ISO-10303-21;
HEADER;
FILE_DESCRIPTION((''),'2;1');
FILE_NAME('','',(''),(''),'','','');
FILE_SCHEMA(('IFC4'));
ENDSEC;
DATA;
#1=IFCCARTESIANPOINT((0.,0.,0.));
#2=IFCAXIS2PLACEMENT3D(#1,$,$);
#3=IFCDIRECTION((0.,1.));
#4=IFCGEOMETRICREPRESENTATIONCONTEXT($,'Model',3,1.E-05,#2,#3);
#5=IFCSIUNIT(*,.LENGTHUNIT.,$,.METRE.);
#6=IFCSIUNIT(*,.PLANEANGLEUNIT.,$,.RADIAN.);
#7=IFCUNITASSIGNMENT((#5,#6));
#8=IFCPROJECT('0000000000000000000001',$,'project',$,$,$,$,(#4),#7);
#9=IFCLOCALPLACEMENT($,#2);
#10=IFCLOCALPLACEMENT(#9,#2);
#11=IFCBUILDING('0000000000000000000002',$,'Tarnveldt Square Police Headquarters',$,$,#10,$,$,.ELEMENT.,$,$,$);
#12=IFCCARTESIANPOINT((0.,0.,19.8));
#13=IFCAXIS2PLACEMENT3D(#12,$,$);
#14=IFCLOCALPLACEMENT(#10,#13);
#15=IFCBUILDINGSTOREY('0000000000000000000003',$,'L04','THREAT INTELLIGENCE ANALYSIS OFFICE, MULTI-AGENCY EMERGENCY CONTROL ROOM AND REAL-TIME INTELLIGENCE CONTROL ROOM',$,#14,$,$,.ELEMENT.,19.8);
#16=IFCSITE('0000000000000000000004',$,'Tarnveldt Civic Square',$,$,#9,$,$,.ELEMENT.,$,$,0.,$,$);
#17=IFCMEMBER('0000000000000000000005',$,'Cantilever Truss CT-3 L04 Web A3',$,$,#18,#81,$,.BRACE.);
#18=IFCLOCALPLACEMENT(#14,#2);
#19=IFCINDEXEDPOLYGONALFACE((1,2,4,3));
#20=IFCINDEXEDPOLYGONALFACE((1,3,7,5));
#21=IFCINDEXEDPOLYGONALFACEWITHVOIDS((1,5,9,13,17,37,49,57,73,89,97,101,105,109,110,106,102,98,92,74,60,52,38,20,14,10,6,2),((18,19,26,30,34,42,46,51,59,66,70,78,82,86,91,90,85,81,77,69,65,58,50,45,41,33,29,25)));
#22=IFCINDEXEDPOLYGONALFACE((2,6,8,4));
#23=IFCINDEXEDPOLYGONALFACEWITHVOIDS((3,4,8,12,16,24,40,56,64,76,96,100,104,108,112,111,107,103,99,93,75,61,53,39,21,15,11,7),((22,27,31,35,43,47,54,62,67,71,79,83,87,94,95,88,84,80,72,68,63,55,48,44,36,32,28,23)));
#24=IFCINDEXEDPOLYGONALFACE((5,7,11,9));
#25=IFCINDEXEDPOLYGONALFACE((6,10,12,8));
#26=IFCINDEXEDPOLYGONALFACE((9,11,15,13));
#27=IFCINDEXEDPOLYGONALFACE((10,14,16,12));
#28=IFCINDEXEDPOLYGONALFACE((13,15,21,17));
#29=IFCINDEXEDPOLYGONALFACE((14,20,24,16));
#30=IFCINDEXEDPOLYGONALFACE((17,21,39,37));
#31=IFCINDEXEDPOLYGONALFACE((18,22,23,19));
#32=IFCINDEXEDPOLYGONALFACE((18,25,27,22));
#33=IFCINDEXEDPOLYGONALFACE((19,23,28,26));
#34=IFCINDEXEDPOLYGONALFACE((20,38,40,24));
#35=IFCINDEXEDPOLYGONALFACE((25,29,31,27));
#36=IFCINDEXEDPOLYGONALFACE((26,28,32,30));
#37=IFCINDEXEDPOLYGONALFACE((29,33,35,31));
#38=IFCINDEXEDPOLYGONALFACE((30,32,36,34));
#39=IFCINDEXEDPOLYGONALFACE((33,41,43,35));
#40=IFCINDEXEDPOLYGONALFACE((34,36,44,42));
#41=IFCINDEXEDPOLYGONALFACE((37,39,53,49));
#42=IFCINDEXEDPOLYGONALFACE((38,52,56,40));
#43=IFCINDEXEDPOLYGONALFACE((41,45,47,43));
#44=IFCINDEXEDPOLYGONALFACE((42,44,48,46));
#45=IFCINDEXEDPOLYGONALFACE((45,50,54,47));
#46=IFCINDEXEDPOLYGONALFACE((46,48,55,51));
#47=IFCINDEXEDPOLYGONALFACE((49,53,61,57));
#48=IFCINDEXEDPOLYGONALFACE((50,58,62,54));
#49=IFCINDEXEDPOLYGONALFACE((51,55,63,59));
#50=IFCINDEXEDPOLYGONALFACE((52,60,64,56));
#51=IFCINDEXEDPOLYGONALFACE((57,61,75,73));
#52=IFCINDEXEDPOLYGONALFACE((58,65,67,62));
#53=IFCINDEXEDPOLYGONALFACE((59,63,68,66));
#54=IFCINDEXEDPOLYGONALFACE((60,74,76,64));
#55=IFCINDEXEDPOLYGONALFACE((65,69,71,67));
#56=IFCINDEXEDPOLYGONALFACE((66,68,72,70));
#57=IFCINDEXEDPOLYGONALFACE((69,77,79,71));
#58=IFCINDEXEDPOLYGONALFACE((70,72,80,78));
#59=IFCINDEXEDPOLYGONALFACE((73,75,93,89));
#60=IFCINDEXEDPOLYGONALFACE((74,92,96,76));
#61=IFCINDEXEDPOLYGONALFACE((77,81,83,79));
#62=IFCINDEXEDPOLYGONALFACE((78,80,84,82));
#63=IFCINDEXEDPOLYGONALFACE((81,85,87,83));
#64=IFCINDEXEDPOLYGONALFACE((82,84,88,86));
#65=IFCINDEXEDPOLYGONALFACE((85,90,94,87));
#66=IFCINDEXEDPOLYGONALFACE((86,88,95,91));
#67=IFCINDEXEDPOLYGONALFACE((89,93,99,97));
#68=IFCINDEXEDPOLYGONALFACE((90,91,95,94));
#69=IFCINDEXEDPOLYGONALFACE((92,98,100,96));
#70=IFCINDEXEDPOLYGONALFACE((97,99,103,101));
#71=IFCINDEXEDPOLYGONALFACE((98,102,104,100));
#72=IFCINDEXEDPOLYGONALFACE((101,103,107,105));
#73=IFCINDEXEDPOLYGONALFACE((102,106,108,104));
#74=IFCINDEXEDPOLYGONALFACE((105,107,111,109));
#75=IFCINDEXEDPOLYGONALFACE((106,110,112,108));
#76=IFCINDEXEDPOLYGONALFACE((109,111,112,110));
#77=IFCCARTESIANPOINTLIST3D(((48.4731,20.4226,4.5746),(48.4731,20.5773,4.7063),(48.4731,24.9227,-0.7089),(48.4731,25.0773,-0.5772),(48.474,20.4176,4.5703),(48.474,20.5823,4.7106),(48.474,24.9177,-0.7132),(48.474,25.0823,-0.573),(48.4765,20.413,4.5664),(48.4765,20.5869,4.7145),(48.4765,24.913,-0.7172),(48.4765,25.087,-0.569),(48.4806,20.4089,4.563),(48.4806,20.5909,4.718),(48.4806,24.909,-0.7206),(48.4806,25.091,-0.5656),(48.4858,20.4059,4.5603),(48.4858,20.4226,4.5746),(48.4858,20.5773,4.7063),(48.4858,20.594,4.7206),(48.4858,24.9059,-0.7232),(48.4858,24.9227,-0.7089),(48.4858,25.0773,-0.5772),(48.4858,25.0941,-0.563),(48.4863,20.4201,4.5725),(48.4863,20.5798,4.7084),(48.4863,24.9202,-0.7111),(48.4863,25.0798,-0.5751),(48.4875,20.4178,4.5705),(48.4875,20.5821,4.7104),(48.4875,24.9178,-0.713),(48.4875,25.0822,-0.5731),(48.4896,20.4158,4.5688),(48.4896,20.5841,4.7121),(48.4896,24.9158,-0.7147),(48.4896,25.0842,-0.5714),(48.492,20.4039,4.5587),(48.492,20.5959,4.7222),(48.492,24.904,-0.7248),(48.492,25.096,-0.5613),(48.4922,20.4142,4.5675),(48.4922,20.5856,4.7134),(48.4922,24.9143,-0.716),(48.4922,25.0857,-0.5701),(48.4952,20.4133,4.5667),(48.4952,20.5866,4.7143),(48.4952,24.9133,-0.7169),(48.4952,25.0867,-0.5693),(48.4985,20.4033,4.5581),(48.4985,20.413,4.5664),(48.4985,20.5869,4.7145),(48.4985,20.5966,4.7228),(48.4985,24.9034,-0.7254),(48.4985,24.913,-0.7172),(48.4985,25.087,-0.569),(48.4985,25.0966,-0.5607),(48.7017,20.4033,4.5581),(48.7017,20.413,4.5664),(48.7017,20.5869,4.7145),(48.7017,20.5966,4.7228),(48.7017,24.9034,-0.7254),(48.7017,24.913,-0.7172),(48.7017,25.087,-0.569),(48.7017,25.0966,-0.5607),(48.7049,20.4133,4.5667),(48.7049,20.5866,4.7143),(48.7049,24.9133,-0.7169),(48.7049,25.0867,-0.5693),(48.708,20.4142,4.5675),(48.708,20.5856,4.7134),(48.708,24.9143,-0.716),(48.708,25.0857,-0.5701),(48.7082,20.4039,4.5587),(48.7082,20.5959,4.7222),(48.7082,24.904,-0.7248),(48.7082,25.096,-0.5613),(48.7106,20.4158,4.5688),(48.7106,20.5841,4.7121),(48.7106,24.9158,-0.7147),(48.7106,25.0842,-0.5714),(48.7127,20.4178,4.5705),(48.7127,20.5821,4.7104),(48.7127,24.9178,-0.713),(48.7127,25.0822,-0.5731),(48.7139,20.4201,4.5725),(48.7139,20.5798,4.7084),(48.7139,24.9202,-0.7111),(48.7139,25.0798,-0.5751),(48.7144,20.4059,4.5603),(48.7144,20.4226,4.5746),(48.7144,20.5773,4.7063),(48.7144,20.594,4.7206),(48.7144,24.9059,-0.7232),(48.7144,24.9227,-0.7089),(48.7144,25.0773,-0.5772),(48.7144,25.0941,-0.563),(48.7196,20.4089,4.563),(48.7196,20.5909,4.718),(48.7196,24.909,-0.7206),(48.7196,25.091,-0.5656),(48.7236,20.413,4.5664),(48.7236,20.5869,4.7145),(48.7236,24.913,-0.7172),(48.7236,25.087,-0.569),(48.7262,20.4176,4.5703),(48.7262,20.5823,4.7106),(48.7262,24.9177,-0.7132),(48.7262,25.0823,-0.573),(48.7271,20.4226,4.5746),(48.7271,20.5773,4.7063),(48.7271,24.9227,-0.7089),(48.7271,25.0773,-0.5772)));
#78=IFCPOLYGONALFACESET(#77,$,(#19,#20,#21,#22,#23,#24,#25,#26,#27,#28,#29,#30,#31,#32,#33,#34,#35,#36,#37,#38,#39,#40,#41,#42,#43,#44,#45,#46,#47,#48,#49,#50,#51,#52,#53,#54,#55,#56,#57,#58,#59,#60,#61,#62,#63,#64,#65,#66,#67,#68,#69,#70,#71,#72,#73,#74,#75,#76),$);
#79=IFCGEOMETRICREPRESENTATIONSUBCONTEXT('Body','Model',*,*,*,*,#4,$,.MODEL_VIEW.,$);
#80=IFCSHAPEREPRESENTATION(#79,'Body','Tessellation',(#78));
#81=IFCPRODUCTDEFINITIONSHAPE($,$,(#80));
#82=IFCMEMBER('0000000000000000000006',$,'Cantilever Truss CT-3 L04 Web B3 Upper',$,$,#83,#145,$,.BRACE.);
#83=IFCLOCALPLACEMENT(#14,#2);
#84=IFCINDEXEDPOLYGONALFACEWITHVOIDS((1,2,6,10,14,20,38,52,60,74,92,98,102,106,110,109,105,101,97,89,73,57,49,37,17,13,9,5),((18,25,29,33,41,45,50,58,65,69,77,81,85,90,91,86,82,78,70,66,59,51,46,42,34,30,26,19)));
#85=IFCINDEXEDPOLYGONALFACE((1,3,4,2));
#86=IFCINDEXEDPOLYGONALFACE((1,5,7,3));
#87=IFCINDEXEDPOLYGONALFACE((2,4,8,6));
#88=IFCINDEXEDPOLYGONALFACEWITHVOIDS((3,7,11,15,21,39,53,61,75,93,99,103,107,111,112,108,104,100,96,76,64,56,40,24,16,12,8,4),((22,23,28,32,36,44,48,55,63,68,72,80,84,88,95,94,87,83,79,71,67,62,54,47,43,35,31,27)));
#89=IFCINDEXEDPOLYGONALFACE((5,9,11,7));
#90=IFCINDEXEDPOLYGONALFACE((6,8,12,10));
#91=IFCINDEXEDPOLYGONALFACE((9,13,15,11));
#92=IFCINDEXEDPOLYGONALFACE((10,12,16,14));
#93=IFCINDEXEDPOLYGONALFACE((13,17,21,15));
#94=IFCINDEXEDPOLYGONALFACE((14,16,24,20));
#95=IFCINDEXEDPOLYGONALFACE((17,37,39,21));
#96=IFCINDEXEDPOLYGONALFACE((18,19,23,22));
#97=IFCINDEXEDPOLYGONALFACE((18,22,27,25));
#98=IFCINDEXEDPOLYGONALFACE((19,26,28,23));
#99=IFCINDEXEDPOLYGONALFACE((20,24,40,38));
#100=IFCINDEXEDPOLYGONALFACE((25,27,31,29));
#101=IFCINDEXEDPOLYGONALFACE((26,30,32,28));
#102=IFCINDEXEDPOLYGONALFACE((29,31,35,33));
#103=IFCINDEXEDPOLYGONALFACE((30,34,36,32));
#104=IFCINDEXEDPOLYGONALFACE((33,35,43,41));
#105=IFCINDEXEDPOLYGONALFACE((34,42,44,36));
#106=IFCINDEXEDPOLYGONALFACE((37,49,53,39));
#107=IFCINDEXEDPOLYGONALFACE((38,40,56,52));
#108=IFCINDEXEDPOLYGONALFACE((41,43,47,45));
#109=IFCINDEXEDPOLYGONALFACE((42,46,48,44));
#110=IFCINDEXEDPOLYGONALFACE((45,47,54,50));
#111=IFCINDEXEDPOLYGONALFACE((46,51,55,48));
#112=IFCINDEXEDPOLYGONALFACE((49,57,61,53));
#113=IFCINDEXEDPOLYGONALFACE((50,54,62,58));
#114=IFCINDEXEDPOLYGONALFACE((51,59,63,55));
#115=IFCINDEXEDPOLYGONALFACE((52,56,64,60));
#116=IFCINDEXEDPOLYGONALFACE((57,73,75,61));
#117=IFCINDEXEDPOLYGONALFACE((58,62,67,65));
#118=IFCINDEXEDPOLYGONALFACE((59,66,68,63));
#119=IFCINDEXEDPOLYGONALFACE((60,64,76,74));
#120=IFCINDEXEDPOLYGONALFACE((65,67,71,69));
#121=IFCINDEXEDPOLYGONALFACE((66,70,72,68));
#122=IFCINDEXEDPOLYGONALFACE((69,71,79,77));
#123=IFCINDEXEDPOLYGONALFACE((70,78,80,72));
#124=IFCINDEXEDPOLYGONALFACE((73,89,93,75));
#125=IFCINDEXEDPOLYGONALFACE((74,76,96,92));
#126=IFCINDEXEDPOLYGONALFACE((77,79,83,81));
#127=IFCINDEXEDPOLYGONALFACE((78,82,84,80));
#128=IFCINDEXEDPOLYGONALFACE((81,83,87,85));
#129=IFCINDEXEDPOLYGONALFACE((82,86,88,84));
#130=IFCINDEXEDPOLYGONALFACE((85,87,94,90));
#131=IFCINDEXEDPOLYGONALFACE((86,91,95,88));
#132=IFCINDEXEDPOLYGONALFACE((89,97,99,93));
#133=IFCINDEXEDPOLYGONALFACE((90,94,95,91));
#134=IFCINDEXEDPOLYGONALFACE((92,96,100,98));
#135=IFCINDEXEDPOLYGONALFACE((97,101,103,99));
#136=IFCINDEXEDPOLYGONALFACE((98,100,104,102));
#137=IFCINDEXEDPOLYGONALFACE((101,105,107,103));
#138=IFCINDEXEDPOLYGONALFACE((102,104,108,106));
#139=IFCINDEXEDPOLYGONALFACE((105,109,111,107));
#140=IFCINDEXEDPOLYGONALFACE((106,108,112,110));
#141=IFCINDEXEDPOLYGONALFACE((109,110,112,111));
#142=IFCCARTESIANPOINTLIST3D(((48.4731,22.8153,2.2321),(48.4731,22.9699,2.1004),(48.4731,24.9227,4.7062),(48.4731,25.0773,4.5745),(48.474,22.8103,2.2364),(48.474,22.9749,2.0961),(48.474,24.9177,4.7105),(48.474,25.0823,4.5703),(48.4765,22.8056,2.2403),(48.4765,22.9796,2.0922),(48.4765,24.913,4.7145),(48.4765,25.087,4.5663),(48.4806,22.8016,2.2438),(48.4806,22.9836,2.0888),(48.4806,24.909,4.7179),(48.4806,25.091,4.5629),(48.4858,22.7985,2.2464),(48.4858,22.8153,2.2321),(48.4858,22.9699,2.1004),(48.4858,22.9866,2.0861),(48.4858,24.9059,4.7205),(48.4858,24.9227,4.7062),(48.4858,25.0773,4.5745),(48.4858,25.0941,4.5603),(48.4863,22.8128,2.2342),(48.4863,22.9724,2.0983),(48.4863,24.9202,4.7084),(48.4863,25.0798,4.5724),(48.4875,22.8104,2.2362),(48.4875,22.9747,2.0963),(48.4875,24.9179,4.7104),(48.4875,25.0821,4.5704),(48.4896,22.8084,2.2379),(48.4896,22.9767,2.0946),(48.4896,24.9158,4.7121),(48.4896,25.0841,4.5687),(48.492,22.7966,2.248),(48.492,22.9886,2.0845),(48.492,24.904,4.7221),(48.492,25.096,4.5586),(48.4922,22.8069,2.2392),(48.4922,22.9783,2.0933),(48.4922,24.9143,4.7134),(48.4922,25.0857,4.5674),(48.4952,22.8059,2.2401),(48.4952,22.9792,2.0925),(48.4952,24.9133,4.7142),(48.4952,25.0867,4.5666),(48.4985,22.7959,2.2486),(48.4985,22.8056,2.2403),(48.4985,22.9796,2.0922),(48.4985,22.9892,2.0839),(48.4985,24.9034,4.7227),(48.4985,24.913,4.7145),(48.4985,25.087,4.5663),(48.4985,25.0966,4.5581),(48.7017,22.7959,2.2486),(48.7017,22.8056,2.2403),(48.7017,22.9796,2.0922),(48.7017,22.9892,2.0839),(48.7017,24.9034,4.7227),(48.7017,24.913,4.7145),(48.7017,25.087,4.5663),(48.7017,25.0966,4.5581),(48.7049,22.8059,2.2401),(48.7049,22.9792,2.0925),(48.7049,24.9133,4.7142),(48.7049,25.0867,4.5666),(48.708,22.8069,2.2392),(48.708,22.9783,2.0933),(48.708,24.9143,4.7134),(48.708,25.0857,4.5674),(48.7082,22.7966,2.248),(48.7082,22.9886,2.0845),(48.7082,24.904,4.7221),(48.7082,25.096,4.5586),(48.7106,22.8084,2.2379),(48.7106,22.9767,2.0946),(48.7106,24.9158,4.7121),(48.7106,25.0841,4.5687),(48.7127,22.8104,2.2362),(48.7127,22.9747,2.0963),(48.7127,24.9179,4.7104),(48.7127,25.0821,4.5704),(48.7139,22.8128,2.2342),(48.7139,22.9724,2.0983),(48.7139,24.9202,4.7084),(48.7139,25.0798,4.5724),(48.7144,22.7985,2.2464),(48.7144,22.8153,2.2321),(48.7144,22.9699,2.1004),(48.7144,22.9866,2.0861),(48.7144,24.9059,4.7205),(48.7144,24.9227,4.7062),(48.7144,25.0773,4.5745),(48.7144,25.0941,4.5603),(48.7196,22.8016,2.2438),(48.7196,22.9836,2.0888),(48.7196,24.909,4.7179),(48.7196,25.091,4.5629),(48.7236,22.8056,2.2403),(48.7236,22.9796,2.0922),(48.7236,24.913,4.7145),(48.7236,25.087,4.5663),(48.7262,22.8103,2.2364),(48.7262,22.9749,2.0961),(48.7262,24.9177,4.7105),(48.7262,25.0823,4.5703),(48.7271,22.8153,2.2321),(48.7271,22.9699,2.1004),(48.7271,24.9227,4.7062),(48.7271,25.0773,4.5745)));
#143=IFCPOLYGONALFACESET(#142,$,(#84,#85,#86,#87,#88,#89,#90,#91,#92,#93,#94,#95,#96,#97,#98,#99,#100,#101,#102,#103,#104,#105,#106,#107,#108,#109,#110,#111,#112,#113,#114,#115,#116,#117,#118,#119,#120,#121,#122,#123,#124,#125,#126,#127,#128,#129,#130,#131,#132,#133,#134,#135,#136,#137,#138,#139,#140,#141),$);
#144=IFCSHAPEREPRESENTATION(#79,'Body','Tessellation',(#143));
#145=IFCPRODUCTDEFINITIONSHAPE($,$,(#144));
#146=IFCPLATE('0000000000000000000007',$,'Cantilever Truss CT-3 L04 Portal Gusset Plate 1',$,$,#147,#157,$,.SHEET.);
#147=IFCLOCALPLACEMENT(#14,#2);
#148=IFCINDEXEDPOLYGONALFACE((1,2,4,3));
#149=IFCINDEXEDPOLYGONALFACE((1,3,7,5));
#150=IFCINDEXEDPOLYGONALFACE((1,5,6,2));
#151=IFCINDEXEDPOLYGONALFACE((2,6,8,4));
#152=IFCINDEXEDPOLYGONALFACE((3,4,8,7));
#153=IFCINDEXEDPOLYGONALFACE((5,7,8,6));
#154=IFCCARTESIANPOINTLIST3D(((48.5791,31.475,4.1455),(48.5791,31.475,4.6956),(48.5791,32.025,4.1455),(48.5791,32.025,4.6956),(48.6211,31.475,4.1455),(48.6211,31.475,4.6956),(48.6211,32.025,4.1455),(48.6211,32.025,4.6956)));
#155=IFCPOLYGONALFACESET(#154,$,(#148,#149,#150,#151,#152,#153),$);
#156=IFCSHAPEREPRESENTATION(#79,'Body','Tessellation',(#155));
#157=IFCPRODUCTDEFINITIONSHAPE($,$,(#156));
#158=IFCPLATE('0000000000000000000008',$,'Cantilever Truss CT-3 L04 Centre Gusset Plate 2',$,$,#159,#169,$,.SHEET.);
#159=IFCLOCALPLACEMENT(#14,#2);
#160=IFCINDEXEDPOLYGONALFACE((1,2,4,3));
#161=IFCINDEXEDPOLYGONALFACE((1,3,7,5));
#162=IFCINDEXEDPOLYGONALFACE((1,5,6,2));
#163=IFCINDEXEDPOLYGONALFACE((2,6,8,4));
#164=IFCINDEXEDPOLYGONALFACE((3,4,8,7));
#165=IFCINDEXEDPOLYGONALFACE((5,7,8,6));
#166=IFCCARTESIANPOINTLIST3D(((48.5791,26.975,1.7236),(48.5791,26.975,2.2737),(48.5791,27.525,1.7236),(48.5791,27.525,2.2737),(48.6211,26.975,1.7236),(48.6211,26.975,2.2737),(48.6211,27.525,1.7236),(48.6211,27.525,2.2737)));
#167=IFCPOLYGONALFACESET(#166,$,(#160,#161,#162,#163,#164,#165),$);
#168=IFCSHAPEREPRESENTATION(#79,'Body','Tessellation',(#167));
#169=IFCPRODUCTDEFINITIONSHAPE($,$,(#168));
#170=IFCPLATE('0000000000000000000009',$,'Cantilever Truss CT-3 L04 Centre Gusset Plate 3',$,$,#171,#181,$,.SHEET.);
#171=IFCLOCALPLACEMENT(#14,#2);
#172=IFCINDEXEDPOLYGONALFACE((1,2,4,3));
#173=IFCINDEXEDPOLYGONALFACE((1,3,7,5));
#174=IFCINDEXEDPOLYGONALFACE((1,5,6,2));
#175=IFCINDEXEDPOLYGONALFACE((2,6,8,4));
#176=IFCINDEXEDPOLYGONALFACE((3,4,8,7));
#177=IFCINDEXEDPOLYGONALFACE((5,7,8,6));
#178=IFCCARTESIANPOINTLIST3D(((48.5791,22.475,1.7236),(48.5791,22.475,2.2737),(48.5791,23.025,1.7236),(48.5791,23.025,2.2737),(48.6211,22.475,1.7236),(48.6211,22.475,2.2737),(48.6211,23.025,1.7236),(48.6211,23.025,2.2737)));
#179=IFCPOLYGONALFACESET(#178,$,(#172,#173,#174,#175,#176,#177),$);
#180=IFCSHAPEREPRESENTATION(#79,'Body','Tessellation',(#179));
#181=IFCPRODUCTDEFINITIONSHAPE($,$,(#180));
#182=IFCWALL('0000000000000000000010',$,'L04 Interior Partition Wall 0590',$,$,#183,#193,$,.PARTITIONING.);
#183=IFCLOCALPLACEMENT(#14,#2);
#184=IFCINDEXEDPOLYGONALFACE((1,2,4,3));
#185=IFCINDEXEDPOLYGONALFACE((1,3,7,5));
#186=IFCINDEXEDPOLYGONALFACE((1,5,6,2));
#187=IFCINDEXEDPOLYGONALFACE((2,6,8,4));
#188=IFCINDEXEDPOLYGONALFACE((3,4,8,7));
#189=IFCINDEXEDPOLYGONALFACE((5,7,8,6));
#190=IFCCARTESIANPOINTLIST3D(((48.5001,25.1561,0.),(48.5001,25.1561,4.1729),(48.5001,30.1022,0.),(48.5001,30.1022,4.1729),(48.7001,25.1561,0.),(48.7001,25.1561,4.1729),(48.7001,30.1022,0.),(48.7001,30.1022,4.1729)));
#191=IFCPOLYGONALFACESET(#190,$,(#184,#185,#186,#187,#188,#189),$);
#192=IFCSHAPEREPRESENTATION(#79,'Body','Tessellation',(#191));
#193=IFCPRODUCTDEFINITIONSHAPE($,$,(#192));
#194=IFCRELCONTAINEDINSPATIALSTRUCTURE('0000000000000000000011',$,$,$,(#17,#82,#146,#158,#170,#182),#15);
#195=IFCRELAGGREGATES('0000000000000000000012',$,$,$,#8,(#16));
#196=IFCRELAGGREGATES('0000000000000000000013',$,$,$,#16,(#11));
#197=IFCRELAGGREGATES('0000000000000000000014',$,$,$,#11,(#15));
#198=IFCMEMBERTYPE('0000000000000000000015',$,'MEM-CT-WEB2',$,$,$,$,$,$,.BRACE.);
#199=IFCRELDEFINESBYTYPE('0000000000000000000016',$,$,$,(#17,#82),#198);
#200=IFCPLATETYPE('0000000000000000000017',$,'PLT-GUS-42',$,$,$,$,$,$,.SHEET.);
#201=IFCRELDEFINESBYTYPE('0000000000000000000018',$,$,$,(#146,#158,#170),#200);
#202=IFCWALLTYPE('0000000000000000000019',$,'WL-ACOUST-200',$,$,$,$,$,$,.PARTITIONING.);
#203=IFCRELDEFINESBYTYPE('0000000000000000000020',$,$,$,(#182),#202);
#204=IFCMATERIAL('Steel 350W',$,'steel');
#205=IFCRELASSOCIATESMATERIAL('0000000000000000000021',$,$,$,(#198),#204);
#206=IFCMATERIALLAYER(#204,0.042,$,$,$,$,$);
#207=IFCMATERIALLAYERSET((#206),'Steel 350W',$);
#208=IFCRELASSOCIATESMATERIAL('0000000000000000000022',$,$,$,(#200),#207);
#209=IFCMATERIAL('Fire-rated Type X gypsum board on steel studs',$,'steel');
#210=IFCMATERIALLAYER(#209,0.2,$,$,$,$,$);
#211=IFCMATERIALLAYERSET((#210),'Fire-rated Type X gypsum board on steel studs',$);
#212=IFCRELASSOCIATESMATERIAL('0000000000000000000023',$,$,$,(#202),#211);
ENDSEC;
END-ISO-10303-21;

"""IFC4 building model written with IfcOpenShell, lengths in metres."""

from ifc_helpers import new_model, si_unit, direction, frame, frame_2d, origin, origin_2d, place, context, subcontext, project, spatial, rectangle, hollow_rectangle, extrude, material, layer, layer_set, material_profile, profile_set, type_object, element, save


model = new_model("IFC4")

# Units and contexts
model_context = context("Model", 3, precision=1e-05, world=origin(), true_north=direction((0.0, 1.0)))
body_context = subcontext(model_context, "Body", "Model", "MODEL_VIEW")
ifc_project = project(units=[si_unit("LENGTHUNIT", "METRE"), si_unit("PLANEANGLEUNIT", "RADIAN")], contexts=[model_context])

# Site, building, storey
site_placement = place(None, origin())
site = spatial("IfcSite", under=ifc_project, at=site_placement, Name="Tarnveldt Civic Square", CompositionType="ELEMENT", RefElevation=0.0)
building_placement = place(site_placement, origin())
building = spatial("IfcBuilding", under=site, at=building_placement, Name="Tarnveldt Square Police Headquarters", CompositionType="ELEMENT")
storey_placement = place(building_placement, frame((0.0, 0.0, 19.8)))
storey = spatial("IfcBuildingStorey", under=building, at=storey_placement, Name="L04", Description="THREAT INTELLIGENCE ANALYSIS OFFICE, MULTI-AGENCY EMERGENCY CONTROL ROOM AND REAL-TIME INTELLIGENCE CONTROL ROOM", CompositionType="ELEMENT", Elevation=19.8)

# Shared definitions
ifc_material_1 = material(Name="Steel 350W", Category="steel")

# Members
ifc_material_profile_1 = material_profile(ifc_material_1, hollow_rectangle(XDim=0.2539, YDim=0.2539, WallThickness=0.0127, InnerFilletRadius=0.0127, OuterFilletRadius=0.0254, at=origin_2d()), Name="HSS254x254x13")
ifc_profile_set_1 = profile_set([ifc_material_profile_1], Name="Steel 350W")
member_type_1 = type_object("IfcMemberType", Name="MEM-CT-WEB2", PredefinedType="BRACE", material=ifc_profile_set_1)
member_1_placement = place(storey_placement, frame((48.6001, 25.0, -0.6431), z_axis=(0.0, -0.648407, 0.761294), x_axis=(1.0, 0.0, 0.0)))
element("IfcMember", 1, at=member_1_placement, inside=storey, type_object=member_type_1, Name="Cantilever Truss CT-3 L04 Web A3", PredefinedType="BRACE", context=body_context, shape_type="SweptSolid", body=[
    extrude(hollow_rectangle(XDim=0.2539, YDim=0.2539, WallThickness=0.0127, InnerFilletRadius=0.0127, OuterFilletRadius=0.0254, at=origin_2d()), origin(), (0.0, 0.0, 1.0), 6.9402),
])
member_2_placement = place(storey_placement, frame((48.6001, 22.8926, 2.1663), z_axis=(0.0, 0.648437, 0.761268), x_axis=(-1.0, 0.0, 0.0)))
element("IfcMember", 2, at=member_2_placement, inside=storey, type_object=member_type_1, Name="Cantilever Truss CT-3 L04 Web B3 Upper", PredefinedType="BRACE", context=body_context, shape_type="SweptSolid", body=[
    extrude(hollow_rectangle(XDim=0.2539, YDim=0.2539, WallThickness=0.0127, InnerFilletRadius=0.0127, OuterFilletRadius=0.0254, at=origin_2d()), origin(), (0.0, 0.0, 1.0), 3.25),
])

# Plates
ifc_layer_1 = layer(ifc_material_1, 0.042)
ifc_layer_set_1 = layer_set([ifc_layer_1], Name="Steel 350W")
plate_type = type_object("IfcPlateType", Name="PLT-GUS-42", PredefinedType="SHEET", material=ifc_layer_set_1)
for number, where, z_axis, x_axis, name in (
    (3, (48.6001, 31.75, 4.1455), (0.0, 0.0, 1.0), (1.0, 0.0, 0.0), "Cantilever Truss CT-3 L04 Portal Gusset Plate 1"),
    (4, (48.6001, 27.25, 1.7236), (0.0, 0.0, 1.0), (1.0, 0.0, 0.0), "Cantilever Truss CT-3 L04 Centre Gusset Plate 2"),
    (5, (48.6001, 22.75, 1.7236), (0.0, 0.0, 1.0), (1.0, 0.0, 0.0), "Cantilever Truss CT-3 L04 Centre Gusset Plate 3"),
):
    element("IfcPlate", number, at=place(storey_placement, frame(where, z_axis=z_axis, x_axis=x_axis)), inside=storey, type_object=plate_type, Name=name, PredefinedType="SHEET", context=body_context, shape_type="SweptSolid", body=[
        extrude(rectangle(XDim=0.042, YDim=0.55, at=origin_2d()), origin(), (0.0, 0.0, 1.0), 0.55),
    ])

# Wall
ifc_material_2 = material(Name="Fire-rated Type X gypsum board on steel studs", Category="steel")
ifc_layer_2 = layer(ifc_material_2, 0.2)
ifc_layer_set_2 = layer_set([ifc_layer_2], Name="Fire-rated Type X gypsum board on steel studs")
wall_type_1 = type_object("IfcWallType", Name="WL-ACOUST-200", PredefinedType="PARTITIONING", material=ifc_layer_set_2)
wall_1_placement = place(storey_placement, frame((48.6001, 25.156, 0.0), z_axis=(0.0, 0.0, 1.0), x_axis=(0.0, 1.0, 0.0)))
element("IfcWall", 6, at=wall_1_placement, inside=storey, type_object=wall_type_1, Name="L04 Interior Partition Wall 0590", PredefinedType="PARTITIONING", context=body_context, shape_type="SweptSolid", body=[
    extrude(rectangle(XDim=4.946, YDim=0.2, at=frame_2d((2.4731, 0.0))), origin(), (0.0, 0.0, 1.0), 4.1729),
])

save(model, "model.ifc")
